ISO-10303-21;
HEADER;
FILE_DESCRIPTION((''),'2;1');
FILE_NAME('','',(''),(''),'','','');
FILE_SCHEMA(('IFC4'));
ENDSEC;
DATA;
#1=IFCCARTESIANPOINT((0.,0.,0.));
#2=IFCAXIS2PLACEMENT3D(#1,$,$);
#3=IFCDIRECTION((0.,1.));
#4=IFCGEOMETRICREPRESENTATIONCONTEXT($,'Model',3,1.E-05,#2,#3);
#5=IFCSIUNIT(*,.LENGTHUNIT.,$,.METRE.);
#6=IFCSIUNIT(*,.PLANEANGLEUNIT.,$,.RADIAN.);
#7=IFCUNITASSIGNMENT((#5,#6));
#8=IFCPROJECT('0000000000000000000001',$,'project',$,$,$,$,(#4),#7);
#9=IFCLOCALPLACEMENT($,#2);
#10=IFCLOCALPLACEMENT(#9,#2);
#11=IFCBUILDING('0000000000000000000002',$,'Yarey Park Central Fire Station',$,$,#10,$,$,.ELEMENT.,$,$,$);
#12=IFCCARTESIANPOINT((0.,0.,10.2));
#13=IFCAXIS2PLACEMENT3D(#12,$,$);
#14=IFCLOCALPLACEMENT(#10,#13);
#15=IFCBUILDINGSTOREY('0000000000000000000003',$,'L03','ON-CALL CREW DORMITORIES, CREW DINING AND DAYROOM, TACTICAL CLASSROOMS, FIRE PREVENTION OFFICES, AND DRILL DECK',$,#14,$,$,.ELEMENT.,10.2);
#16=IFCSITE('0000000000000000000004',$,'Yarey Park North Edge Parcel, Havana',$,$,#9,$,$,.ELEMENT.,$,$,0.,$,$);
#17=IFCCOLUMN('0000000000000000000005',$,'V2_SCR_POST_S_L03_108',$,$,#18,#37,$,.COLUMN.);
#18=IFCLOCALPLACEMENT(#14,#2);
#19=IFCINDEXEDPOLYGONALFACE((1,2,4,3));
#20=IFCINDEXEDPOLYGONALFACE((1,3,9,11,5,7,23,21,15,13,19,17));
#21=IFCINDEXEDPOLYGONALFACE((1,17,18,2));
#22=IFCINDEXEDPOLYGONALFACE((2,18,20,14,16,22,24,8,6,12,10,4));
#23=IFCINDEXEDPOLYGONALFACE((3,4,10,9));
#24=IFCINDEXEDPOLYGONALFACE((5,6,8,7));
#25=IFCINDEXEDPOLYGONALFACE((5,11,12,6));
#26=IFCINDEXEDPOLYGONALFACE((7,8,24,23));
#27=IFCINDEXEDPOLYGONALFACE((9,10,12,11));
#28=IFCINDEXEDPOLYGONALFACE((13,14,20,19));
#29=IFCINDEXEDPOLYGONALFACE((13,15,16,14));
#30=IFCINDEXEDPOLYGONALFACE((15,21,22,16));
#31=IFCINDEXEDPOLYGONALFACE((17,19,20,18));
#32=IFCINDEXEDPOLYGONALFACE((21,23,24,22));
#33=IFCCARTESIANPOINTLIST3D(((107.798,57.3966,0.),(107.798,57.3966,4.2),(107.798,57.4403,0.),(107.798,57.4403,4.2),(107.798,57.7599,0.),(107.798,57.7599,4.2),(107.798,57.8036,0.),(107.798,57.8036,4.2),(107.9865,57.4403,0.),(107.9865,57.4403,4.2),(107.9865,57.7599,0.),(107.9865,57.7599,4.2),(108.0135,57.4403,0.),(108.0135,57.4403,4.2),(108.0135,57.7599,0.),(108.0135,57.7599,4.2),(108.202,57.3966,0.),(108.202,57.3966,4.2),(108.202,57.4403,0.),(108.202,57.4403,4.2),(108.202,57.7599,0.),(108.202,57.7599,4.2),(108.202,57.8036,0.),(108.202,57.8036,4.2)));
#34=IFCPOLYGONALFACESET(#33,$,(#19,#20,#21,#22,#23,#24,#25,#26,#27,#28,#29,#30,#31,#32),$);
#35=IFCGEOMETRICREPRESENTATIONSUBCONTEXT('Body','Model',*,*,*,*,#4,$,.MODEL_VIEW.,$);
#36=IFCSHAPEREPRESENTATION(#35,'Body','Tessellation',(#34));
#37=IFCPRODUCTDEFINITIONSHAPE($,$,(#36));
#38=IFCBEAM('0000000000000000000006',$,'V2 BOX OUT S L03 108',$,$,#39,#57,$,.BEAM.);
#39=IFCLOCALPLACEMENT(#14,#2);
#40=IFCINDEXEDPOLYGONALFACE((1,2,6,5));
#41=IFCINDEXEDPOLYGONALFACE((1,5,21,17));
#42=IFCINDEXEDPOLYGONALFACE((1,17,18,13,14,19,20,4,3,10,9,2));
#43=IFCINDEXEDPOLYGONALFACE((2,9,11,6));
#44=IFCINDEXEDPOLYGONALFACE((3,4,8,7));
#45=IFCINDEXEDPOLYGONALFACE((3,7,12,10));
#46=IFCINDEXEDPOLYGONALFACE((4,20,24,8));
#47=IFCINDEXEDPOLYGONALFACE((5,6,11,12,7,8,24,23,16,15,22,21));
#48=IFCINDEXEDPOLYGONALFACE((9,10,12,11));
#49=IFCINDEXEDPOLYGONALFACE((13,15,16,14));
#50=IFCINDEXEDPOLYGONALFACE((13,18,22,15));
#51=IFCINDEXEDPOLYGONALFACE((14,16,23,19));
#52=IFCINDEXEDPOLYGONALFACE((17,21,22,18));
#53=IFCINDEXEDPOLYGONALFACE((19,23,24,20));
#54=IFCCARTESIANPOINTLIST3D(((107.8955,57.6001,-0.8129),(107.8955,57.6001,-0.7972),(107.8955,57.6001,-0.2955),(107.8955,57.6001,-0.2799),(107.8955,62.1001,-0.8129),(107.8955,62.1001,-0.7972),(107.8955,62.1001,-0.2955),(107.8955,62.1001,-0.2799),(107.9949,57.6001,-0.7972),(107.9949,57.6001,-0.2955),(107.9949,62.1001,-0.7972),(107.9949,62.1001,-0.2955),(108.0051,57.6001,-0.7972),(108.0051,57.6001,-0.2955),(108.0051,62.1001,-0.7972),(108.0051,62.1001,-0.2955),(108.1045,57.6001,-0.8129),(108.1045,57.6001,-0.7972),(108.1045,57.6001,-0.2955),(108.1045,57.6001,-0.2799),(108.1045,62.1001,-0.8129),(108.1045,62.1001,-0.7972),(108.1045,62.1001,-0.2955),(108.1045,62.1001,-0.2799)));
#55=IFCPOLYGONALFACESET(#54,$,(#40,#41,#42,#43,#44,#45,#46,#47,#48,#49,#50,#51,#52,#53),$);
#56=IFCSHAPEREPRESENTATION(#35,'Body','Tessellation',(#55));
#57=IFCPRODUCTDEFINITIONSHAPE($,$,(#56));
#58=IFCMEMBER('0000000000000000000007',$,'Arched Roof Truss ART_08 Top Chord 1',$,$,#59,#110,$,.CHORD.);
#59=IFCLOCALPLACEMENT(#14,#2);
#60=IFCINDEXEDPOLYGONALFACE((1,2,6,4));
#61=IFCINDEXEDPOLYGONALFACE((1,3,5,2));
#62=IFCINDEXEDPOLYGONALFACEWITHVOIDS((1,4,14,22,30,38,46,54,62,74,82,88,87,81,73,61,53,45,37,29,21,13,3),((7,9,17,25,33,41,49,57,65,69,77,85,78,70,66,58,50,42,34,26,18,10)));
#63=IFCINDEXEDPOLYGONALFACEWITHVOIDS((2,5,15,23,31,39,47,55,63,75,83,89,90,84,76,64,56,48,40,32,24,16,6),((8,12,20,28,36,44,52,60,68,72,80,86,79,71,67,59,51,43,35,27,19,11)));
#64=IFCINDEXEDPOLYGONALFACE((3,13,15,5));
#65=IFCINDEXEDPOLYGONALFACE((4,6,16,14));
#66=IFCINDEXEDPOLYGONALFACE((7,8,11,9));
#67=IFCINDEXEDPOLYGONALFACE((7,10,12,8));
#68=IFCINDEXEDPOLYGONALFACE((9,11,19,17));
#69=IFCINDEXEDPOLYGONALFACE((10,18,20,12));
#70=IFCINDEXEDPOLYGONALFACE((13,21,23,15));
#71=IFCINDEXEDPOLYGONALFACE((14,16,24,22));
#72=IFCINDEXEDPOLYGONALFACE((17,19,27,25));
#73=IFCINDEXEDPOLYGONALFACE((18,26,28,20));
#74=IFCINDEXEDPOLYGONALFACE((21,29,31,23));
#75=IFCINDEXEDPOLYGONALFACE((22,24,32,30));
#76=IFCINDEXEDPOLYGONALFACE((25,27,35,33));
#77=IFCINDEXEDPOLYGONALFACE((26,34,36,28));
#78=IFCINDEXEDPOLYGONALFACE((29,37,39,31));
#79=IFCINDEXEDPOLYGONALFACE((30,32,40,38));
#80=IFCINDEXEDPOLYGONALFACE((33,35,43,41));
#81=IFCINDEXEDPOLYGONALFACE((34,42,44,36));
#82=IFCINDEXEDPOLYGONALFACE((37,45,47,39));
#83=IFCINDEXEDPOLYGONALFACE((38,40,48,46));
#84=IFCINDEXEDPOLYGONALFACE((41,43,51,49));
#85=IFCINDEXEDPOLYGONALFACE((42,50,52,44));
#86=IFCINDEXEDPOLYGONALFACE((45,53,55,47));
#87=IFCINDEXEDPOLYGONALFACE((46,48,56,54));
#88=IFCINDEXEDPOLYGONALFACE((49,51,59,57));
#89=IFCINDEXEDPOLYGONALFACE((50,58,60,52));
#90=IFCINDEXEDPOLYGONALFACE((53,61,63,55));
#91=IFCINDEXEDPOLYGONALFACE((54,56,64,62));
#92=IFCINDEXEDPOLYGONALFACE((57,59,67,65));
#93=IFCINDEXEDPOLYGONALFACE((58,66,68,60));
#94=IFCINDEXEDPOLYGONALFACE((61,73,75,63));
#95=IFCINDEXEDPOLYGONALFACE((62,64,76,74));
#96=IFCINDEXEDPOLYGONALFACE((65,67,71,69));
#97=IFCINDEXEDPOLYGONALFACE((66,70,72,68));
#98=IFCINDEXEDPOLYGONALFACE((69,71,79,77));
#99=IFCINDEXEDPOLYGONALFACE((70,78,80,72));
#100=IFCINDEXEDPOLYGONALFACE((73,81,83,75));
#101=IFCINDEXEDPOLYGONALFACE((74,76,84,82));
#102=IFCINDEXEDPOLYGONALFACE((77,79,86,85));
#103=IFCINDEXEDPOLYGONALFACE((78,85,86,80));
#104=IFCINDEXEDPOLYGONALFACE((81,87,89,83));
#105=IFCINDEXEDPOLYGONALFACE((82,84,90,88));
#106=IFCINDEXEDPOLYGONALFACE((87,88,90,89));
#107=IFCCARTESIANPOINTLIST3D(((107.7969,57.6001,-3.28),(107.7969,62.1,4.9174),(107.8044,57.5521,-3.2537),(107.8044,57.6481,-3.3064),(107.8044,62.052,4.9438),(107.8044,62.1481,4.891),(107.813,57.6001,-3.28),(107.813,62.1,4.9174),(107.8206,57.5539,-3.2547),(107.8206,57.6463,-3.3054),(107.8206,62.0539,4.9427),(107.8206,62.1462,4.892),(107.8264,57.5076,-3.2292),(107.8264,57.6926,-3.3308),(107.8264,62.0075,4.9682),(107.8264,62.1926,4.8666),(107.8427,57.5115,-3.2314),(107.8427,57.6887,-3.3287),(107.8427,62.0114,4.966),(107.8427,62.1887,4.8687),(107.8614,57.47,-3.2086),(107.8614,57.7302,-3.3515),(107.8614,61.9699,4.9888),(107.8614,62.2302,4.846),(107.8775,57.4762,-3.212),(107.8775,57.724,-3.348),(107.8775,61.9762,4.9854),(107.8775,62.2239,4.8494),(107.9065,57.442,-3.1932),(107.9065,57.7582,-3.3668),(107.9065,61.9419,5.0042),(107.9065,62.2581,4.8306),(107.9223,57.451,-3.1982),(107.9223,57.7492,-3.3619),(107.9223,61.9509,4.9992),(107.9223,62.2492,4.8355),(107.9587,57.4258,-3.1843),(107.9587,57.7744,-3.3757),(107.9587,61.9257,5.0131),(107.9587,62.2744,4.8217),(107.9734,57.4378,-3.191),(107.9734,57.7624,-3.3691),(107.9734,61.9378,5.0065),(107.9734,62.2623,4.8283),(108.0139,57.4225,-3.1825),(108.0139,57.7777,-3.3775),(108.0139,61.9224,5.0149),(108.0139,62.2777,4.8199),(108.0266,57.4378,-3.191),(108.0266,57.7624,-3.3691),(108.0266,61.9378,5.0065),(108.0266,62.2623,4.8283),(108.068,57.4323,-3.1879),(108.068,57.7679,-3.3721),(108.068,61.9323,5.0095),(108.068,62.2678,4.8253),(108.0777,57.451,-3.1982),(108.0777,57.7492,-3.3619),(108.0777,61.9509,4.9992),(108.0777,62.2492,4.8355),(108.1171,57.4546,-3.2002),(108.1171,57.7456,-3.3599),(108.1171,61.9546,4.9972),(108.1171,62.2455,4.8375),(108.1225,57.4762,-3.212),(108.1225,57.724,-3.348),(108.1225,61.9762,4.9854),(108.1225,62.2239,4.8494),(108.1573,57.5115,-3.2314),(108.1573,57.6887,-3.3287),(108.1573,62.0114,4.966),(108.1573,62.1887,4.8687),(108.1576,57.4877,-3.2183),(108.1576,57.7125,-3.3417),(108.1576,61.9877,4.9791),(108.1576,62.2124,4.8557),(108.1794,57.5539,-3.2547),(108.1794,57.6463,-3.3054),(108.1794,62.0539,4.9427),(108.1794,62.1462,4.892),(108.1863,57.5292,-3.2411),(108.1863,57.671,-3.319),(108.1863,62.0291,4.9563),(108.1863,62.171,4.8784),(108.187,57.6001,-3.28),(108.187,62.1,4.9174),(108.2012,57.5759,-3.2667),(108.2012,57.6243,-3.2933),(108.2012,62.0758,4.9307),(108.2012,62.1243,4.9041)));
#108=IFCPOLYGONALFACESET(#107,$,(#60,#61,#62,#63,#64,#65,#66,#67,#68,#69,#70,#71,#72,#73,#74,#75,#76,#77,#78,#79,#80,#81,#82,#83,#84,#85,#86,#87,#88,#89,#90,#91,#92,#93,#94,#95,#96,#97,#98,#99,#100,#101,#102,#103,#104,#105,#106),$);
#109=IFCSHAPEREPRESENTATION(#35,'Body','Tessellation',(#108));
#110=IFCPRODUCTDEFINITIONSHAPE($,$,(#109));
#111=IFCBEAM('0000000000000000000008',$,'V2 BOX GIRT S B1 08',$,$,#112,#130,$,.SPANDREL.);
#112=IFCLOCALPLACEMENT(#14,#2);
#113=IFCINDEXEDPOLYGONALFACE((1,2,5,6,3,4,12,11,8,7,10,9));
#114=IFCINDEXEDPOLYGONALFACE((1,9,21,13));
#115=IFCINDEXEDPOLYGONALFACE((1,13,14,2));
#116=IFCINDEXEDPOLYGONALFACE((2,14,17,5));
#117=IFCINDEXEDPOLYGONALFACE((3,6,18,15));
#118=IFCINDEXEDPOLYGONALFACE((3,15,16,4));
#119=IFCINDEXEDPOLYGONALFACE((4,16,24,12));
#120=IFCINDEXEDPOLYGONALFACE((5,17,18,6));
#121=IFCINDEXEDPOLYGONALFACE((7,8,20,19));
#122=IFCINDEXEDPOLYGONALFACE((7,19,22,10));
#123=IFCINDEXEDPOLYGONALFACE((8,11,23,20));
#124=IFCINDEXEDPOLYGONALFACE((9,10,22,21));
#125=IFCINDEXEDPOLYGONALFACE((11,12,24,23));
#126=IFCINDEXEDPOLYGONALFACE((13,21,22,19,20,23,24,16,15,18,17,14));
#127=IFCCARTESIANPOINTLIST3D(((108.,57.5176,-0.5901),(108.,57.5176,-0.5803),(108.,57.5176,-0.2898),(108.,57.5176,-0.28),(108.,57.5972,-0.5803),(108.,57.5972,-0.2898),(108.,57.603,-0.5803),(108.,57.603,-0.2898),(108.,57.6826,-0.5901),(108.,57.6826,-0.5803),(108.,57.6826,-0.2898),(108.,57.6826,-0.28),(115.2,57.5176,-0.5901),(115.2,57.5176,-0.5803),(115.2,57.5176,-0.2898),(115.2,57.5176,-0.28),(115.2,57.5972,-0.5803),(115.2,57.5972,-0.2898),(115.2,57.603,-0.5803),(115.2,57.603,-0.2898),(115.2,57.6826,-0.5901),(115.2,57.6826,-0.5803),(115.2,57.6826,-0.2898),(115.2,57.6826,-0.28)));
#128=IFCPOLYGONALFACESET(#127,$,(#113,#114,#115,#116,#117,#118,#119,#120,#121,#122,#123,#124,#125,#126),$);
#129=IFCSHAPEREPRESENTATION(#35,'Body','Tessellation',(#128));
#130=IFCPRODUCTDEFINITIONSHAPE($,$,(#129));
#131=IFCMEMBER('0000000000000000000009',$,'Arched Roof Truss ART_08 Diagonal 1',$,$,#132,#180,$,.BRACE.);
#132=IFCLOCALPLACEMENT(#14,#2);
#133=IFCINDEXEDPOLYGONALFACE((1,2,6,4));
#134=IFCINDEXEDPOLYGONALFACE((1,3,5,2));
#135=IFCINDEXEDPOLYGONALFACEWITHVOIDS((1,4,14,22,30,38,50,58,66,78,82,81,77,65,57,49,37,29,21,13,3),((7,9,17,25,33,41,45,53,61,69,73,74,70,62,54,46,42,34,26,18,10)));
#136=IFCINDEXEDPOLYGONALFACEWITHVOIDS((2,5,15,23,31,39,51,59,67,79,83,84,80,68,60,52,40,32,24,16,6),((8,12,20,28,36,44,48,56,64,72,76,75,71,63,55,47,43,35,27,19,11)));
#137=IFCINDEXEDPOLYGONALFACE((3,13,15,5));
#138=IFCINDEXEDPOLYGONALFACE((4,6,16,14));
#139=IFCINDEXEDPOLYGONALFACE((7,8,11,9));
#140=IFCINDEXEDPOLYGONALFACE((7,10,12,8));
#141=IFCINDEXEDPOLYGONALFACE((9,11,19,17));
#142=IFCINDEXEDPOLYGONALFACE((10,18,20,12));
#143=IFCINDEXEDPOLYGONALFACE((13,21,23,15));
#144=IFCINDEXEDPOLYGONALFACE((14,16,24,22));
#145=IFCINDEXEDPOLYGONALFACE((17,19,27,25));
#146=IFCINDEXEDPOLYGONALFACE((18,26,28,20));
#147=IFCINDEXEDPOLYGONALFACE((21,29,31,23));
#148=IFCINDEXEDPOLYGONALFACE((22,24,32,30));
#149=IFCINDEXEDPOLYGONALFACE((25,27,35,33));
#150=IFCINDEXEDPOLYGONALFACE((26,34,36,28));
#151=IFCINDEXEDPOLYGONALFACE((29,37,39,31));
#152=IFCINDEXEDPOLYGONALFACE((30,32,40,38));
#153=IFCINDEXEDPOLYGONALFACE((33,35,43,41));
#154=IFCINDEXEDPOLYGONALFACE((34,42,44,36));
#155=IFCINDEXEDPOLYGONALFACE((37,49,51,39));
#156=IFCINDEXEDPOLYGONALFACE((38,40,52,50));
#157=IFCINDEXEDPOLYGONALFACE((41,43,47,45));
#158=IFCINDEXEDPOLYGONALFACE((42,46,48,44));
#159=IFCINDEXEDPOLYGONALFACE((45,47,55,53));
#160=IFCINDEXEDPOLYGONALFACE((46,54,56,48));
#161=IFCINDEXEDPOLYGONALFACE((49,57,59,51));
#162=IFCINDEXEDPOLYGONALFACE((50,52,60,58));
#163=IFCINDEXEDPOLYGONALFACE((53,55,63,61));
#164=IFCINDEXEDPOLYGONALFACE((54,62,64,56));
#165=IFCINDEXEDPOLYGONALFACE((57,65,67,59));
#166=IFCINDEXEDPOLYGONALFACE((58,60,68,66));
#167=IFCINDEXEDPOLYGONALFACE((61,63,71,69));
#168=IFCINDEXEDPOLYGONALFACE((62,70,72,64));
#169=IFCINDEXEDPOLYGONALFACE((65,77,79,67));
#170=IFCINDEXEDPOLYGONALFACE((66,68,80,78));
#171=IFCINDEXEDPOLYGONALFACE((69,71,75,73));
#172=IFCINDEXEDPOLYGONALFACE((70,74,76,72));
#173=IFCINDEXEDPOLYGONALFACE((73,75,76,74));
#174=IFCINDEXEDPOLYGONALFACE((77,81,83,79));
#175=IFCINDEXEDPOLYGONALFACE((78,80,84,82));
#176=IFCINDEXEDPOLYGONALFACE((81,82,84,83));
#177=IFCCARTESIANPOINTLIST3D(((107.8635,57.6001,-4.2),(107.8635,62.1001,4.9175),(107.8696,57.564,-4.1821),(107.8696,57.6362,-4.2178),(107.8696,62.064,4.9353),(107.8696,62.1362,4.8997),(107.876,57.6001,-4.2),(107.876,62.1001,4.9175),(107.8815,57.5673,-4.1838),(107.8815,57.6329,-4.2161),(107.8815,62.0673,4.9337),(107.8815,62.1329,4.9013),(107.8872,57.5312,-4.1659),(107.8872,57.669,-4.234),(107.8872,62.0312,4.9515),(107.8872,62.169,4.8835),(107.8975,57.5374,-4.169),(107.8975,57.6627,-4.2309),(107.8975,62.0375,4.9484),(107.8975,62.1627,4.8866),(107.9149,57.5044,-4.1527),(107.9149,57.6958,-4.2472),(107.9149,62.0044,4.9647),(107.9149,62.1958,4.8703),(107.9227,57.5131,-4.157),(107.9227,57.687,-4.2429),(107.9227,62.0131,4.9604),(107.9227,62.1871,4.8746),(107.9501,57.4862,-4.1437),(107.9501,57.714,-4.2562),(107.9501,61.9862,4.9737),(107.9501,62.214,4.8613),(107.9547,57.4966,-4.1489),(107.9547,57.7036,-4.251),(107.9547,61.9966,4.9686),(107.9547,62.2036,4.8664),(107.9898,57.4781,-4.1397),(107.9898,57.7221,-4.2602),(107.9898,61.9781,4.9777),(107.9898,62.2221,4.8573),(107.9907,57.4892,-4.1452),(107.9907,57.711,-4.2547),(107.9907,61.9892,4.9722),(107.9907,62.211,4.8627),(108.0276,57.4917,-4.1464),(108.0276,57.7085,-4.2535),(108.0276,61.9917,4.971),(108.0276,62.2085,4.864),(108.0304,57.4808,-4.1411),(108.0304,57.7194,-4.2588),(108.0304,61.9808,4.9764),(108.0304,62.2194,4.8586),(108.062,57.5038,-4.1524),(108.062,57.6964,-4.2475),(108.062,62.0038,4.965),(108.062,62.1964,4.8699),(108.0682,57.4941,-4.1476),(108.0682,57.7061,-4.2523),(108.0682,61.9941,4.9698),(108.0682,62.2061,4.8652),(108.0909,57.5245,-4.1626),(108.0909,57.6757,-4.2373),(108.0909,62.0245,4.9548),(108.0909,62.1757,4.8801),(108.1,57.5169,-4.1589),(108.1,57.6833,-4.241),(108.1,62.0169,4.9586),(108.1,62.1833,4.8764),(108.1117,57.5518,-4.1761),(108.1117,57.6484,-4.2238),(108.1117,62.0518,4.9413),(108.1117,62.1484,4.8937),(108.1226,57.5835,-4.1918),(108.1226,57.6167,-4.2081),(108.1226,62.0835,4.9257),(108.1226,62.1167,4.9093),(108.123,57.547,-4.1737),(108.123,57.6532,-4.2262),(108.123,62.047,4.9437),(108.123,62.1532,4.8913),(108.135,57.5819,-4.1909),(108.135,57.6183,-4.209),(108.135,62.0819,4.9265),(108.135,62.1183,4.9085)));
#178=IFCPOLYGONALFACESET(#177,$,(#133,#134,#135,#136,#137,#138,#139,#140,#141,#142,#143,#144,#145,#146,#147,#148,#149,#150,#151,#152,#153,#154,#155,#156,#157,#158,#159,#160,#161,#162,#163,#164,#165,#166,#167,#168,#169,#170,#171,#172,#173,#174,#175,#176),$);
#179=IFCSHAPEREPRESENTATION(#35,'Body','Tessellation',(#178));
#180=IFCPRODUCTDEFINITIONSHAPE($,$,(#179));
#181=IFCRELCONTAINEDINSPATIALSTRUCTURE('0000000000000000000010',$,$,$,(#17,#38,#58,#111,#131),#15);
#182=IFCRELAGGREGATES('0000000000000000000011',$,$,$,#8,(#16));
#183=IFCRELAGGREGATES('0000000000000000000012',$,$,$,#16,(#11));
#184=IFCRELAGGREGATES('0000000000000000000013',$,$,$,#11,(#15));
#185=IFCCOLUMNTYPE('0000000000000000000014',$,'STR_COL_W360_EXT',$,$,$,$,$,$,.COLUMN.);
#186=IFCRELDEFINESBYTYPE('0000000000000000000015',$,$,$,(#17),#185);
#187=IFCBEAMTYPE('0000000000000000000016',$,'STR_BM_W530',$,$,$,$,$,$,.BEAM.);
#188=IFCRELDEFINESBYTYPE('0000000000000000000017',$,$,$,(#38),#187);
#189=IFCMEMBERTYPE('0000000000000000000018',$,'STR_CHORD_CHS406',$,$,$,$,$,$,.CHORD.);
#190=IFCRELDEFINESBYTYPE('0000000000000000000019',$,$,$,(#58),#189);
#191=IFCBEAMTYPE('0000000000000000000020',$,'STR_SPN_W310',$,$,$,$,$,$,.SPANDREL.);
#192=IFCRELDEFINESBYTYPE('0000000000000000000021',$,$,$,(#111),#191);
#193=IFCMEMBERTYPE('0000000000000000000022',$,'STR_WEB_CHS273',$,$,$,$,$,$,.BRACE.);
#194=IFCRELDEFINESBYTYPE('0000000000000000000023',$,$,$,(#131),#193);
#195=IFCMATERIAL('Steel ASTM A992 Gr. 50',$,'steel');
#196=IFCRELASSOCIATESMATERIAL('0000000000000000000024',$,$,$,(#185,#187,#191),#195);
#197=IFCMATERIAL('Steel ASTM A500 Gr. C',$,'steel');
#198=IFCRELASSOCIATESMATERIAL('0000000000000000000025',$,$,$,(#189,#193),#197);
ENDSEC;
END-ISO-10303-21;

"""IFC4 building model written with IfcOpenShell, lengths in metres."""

from ifc_helpers import new_model, si_unit, direction, frame, origin, origin_2d, place, context, subcontext, project, spatial, hollow_circle, i_section, extrude, material, material_profile, profile_set, type_object, element, save


model = new_model("IFC4")

# Units and contexts
model_context = context("Model", 3, precision=1e-05, world=origin(), true_north=direction((0.0, 1.0)))
body_context = subcontext(model_context, "Body", "Model", "MODEL_VIEW")
ifc_project = project(units=[si_unit("LENGTHUNIT", "METRE"), si_unit("PLANEANGLEUNIT", "RADIAN")], contexts=[model_context])

# Site, building, storey
site_placement = place(None, origin())
site = spatial("IfcSite", under=ifc_project, at=site_placement, Name="Yarey Park North Edge Parcel, Havana", CompositionType="ELEMENT", RefElevation=0.0)
building_placement = place(site_placement, origin())
building = spatial("IfcBuilding", under=site, at=building_placement, Name="Yarey Park Central Fire Station", CompositionType="ELEMENT")
storey_placement = place(building_placement, frame((0.0, 0.0, 10.2)))
storey = spatial("IfcBuildingStorey", under=building, at=storey_placement, Name="L03", Description="ON-CALL CREW DORMITORIES, CREW DINING AND DAYROOM, TACTICAL CLASSROOMS, FIRE PREVENTION OFFICES, AND DRILL DECK", CompositionType="ELEMENT", Elevation=10.2)

# Column
ifc_material_1 = material(Name="Steel ASTM A992 Gr. 50", Category="steel")
ifc_material_profile_1 = material_profile(ifc_material_1, i_section(OverallWidth=0.4041, OverallDepth=0.407, WebThickness=0.0271, FlangeThickness=0.0437, at=origin_2d()), Name="W360x347")
ifc_profile_set_1 = profile_set([ifc_material_profile_1], Name="Steel ASTM A992 Gr. 50")
column_type = type_object("IfcColumnType", Name="STR_COL_W360_EXT", PredefinedType="COLUMN", material=ifc_profile_set_1)
column_placement = place(storey_placement, frame((108.0, 57.6001, 0.0), z_axis=(0.0, 0.0, 1.0), x_axis=(1.0, 0.0, 0.0)))
element("IfcColumn", 1, at=column_placement, inside=storey, type_object=column_type, Name="V2_SCR_POST_S_L03_108", PredefinedType="COLUMN", context=body_context, shape_type="SweptSolid", body=[
    extrude(i_section(OverallWidth=0.4041, OverallDepth=0.407, WebThickness=0.0271, FlangeThickness=0.0437, at=origin_2d()), origin(), (0.0, 0.0, 1.0), 4.2),
])

# Beam
ifc_material_profile_2 = material_profile(ifc_material_1, i_section(OverallWidth=0.209, OverallDepth=0.533, WebThickness=0.0103, FlangeThickness=0.0156, at=origin_2d()), Name="W530x92")
ifc_profile_set_2 = profile_set([ifc_material_profile_2], Name="Steel ASTM A992 Gr. 50")
beam_type_1 = type_object("IfcBeamType", Name="STR_BM_W530", PredefinedType="BEAM", material=ifc_profile_set_2)
beam_1_placement = place(storey_placement, frame((108.0, 57.6001, -0.5464), z_axis=(0.0, 1.0, 0.0), x_axis=(-1.0, 0.0, 0.0)))
element("IfcBeam", 2, at=beam_1_placement, inside=storey, type_object=beam_type_1, Name="V2 BOX OUT S L03 108", PredefinedType="BEAM", context=body_context, shape_type="SweptSolid", body=[
    extrude(i_section(OverallWidth=0.209, OverallDepth=0.533, WebThickness=0.0103, FlangeThickness=0.0156, at=origin_2d()), origin(), (0.0, 0.0, 1.0), 4.5),
])

# Member
ifc_material_2 = material(Name="Steel ASTM A500 Gr. C", Category="steel")
ifc_material_profile_3 = material_profile(ifc_material_2, hollow_circle(Radius=0.2031, WallThickness=0.0161, at=origin_2d()), Name="CHS 406.4x16")
ifc_profile_set_3 = profile_set([ifc_material_profile_3], Name="Steel ASTM A500 Gr. C")
member_type_1 = type_object("IfcMemberType", Name="STR_CHORD_CHS406", PredefinedType="CHORD", material=ifc_profile_set_3)
member_1_placement = place(storey_placement, frame((108.0, 57.6001, -3.28), z_axis=(0.0, 0.48121, 0.876605), x_axis=(-1.0, 0.0, 0.0)))
element("IfcMember", 3, at=member_1_placement, inside=storey, type_object=member_type_1, Name="Arched Roof Truss ART_08 Top Chord 1", PredefinedType="CHORD", context=body_context, shape_type="SweptSolid", body=[
    extrude(hollow_circle(Radius=0.2031, WallThickness=0.0161, at=origin_2d()), origin(), (0.0, 0.0, 1.0), 9.3513),
])

# Beam
ifc_material_profile_4 = material_profile(ifc_material_1, i_section(OverallWidth=0.165, OverallDepth=0.3101, WebThickness=0.0059, FlangeThickness=0.0098, at=origin_2d()), Name="W310x39")
ifc_profile_set_4 = profile_set([ifc_material_profile_4], Name="Steel ASTM A992 Gr. 50")
beam_type_2 = type_object("IfcBeamType", Name="STR_SPN_W310", PredefinedType="SPANDREL", material=ifc_profile_set_4)
beam_2_placement = place(storey_placement, frame((108.0, 57.6001, -0.4351), z_axis=(1.0, 0.0, 0.0), x_axis=(0.0, 1.0, 0.0)))
element("IfcBeam", 4, at=beam_2_placement, inside=storey, type_object=beam_type_2, Name="V2 BOX GIRT S B1 08", PredefinedType="SPANDREL", context=body_context, shape_type="SweptSolid", body=[
    extrude(i_section(OverallWidth=0.165, OverallDepth=0.3101, WebThickness=0.0059, FlangeThickness=0.0098, at=origin_2d()), origin(), (0.0, 0.0, 1.0), 7.2),
])

# Member
ifc_material_profile_5 = material_profile(ifc_material_2, hollow_circle(Radius=0.1365, WallThickness=0.0125, at=origin_2d()), Name="CHS 273x12.5")
ifc_profile_set_5 = profile_set([ifc_material_profile_5], Name="Steel ASTM A500 Gr. C")
member_type_2 = type_object("IfcMemberType", Name="STR_WEB_CHS273", PredefinedType="BRACE", material=ifc_profile_set_5)
member_2_placement = place(storey_placement, frame((108.0, 57.6001, -4.2), z_axis=(0.0, 0.442588, 0.896725), x_axis=(-1.0, 0.0, 0.0)))
element("IfcMember", 5, at=member_2_placement, inside=storey, type_object=member_type_2, Name="Arched Roof Truss ART_08 Diagonal 1", PredefinedType="BRACE", context=body_context, shape_type="SweptSolid", body=[
    extrude(hollow_circle(Radius=0.1365, WallThickness=0.0125, at=origin_2d()), origin(), (0.0, 0.0, 1.0), 10.1675),
])

save(model, "model.ifc")
